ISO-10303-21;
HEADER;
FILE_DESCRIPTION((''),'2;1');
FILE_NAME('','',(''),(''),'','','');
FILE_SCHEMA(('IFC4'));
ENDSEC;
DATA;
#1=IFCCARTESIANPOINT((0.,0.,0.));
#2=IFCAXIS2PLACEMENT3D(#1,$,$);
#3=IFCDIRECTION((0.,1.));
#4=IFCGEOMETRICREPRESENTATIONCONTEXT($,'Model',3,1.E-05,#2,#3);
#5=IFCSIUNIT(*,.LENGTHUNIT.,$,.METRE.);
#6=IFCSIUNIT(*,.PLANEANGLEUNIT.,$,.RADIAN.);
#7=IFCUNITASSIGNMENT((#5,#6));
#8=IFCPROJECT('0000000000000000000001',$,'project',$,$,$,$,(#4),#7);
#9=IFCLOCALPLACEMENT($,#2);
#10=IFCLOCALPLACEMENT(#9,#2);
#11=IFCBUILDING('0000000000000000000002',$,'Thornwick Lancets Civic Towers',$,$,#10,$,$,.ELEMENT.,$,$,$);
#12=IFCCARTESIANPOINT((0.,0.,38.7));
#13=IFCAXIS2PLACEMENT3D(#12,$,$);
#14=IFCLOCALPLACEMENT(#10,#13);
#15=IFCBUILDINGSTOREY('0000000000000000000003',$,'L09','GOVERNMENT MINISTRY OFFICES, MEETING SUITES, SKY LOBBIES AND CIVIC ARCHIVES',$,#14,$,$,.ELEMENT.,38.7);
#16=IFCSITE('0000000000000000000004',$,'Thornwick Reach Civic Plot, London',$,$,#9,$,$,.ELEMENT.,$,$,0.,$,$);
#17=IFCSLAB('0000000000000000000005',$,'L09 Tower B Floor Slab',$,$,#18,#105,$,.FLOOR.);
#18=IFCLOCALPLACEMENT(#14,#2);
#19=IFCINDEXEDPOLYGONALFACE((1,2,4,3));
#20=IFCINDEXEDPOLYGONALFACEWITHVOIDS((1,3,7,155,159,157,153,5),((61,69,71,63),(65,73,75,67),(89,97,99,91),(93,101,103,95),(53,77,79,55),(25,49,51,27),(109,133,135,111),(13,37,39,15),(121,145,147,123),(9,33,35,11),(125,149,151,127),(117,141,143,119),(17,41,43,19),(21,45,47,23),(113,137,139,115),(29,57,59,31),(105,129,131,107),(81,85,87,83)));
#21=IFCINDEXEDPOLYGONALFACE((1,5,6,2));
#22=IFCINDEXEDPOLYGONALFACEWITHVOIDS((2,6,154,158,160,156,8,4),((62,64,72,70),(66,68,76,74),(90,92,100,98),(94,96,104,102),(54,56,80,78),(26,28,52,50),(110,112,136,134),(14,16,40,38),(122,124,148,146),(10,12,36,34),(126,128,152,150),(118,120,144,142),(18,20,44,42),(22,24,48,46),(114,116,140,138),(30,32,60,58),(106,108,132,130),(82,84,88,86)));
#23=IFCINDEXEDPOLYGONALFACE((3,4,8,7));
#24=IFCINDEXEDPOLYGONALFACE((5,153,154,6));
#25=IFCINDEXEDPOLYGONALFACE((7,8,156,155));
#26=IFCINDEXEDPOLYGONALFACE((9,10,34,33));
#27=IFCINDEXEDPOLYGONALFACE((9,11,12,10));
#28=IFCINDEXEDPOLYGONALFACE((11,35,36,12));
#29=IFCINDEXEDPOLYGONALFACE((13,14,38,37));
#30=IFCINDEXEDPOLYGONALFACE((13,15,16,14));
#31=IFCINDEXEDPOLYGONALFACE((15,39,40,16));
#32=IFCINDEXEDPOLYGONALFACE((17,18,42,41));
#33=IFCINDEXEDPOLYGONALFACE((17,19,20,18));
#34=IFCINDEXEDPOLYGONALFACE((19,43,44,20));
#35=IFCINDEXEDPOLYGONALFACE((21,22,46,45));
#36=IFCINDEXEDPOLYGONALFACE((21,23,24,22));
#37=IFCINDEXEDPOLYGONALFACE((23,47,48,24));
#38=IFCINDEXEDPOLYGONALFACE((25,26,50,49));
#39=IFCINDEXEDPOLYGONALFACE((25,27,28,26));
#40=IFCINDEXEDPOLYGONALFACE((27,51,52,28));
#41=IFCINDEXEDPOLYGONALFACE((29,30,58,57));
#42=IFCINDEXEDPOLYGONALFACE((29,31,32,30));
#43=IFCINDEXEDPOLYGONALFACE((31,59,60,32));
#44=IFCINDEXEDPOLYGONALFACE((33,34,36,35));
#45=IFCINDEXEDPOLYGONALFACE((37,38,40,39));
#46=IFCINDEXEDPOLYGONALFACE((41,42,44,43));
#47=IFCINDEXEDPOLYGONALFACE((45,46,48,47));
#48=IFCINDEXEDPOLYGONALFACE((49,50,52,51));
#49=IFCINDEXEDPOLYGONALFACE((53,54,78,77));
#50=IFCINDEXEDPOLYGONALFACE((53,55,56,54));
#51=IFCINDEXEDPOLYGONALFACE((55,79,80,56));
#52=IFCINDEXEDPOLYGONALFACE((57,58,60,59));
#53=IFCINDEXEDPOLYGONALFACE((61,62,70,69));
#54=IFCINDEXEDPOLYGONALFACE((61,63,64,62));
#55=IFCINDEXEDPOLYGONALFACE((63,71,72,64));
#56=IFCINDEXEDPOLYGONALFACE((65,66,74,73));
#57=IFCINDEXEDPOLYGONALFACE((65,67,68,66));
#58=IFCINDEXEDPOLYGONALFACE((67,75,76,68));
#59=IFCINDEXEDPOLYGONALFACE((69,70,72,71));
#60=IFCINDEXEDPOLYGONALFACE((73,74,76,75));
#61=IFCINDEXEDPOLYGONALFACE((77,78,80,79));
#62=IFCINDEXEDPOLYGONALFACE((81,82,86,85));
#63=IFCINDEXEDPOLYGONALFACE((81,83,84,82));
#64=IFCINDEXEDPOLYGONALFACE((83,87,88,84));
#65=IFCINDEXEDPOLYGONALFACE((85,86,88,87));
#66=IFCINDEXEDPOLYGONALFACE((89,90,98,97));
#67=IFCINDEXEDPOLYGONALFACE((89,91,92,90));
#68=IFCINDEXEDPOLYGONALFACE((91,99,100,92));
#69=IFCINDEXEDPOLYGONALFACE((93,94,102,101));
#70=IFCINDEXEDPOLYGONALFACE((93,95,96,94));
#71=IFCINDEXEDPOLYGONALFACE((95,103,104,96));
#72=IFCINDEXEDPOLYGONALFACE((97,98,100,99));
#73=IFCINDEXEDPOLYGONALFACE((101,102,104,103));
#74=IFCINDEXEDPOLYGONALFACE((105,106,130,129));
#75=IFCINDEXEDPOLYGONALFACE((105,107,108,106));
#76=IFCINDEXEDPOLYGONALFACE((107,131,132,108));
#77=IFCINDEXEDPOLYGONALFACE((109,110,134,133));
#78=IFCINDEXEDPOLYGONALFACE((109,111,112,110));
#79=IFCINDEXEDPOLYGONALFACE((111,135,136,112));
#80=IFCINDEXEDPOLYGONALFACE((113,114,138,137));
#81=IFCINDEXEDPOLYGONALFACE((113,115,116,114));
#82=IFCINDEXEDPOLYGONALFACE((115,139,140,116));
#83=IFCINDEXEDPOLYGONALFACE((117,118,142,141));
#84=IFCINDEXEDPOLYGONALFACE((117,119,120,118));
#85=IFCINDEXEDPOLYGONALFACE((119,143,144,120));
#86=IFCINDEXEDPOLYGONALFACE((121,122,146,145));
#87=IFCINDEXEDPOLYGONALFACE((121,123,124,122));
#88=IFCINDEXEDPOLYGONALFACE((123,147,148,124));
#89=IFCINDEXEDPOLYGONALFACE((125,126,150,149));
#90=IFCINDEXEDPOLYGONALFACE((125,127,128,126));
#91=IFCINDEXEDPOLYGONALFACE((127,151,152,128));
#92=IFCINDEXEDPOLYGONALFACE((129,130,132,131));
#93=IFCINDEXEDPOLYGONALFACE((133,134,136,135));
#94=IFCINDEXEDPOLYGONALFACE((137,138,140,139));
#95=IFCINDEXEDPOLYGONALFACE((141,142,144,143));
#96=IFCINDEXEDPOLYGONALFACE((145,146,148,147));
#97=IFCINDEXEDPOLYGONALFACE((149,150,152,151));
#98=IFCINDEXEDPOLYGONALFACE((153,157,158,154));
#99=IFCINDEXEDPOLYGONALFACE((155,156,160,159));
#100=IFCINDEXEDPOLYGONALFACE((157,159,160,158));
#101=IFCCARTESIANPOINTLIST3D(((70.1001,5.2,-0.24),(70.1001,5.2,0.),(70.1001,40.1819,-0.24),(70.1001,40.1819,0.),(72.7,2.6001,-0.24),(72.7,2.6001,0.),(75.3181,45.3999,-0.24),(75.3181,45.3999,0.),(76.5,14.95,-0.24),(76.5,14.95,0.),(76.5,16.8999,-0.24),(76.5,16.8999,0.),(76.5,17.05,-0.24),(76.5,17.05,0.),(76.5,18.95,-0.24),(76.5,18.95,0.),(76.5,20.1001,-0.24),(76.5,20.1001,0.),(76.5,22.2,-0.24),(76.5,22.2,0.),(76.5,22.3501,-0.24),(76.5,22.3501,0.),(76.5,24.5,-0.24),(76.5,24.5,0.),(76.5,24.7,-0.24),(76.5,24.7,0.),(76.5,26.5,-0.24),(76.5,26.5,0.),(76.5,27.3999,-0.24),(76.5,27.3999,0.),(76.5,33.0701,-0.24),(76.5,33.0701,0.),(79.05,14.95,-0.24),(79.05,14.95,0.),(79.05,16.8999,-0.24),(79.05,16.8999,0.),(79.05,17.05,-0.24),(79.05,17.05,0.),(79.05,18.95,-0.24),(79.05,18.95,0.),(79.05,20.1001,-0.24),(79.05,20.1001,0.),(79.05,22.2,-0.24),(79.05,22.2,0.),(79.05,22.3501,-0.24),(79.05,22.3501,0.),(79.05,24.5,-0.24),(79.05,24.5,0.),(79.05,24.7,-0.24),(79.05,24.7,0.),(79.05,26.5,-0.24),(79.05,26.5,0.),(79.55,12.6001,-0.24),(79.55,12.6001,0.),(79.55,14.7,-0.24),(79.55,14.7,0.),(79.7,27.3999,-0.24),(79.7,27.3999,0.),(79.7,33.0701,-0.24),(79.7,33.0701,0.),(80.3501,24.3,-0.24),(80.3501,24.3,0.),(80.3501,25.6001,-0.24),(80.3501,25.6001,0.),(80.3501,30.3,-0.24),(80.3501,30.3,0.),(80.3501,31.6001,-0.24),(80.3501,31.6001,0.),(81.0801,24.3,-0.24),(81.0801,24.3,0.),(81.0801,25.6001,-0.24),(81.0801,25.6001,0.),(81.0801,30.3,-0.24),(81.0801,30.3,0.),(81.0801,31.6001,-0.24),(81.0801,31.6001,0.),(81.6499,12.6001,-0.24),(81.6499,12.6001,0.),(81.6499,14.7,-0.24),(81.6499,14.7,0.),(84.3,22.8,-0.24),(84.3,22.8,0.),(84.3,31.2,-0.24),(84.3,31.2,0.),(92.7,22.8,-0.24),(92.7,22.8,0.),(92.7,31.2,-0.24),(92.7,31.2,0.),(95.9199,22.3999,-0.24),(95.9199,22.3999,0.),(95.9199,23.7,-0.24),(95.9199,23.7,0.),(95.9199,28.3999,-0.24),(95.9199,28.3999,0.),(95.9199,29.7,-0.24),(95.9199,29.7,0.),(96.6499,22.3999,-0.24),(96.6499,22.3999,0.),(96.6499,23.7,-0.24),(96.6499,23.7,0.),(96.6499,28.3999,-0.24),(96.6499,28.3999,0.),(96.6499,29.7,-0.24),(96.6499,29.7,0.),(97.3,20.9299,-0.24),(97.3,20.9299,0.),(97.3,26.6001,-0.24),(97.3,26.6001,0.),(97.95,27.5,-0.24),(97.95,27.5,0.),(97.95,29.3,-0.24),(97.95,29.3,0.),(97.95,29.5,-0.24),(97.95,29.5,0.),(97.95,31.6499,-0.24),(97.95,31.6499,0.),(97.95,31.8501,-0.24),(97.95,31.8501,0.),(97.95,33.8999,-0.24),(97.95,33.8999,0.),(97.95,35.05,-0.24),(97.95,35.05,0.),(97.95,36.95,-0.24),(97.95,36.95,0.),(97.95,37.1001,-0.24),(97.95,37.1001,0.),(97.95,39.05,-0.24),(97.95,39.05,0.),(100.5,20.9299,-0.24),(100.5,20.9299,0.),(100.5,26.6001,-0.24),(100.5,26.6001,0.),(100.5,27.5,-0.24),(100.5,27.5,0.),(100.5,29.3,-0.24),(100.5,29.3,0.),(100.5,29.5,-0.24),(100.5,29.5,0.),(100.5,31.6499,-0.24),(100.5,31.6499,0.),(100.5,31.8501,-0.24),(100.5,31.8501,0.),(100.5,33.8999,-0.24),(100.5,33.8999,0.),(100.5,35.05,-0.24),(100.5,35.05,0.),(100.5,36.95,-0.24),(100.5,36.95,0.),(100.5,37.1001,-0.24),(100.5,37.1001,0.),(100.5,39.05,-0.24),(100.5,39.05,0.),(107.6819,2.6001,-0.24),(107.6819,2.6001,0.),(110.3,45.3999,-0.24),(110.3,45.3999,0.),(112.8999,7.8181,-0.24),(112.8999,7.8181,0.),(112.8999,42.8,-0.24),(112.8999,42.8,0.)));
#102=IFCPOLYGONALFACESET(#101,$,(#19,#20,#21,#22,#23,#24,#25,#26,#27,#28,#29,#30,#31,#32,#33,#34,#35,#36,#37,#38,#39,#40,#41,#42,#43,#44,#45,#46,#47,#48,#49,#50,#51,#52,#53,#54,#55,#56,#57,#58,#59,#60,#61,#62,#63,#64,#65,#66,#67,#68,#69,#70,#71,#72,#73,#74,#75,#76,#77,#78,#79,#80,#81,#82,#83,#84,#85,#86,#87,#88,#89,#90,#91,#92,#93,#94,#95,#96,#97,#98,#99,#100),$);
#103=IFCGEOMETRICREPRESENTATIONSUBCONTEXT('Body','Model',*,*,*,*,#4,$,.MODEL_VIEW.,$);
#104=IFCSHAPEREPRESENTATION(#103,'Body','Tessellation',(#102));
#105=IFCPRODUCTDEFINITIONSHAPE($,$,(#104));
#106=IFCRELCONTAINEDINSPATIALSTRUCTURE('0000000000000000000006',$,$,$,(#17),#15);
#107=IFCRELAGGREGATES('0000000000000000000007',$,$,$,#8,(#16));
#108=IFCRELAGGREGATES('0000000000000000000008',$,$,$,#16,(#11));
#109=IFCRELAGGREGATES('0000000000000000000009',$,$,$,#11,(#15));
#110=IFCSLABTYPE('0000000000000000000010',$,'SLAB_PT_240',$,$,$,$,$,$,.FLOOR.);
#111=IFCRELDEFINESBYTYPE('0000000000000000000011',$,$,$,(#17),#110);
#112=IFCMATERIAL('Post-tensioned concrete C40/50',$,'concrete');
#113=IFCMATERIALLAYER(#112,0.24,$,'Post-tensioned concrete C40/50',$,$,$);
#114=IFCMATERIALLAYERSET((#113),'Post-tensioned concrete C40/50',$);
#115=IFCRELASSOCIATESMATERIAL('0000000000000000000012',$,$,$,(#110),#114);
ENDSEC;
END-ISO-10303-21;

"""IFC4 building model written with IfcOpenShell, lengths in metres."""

from ifc_helpers import new_model, si_unit, direction, frame, origin, place, context, subcontext, project, spatial, polyline, outline, extrude, material, layer, layer_set, type_object, element, save


model = new_model("IFC4")

# Units and contexts
model_context = context("Model", 3, precision=1e-05, world=origin(), true_north=direction((0.0, 1.0)))
body_context = subcontext(model_context, "Body", "Model", "MODEL_VIEW")
ifc_project = project(units=[si_unit("LENGTHUNIT", "METRE"), si_unit("PLANEANGLEUNIT", "RADIAN")], contexts=[model_context])

# Site, building, storey
site_placement = place(None, origin())
site = spatial("IfcSite", under=ifc_project, at=site_placement, Name="Thornwick Reach Civic Plot, London", CompositionType="ELEMENT", RefElevation=0.0)
building_placement = place(site_placement, origin())
building = spatial("IfcBuilding", under=site, at=building_placement, Name="Thornwick Lancets Civic Towers", CompositionType="ELEMENT")
storey_placement = place(building_placement, frame((0.0, 0.0, 38.7)))
storey = spatial("IfcBuildingStorey", under=building, at=storey_placement, Name="L09", Description="GOVERNMENT MINISTRY OFFICES, MEETING SUITES, SKY LOBBIES AND CIVIC ARCHIVES", CompositionType="ELEMENT", Elevation=38.7)

# Shared definitions
ifc_material_1 = material(Name="Post-tensioned concrete C40/50", Category="concrete")

# Slab
ifc_layer_1 = layer(ifc_material_1, 0.24, Name="Post-tensioned concrete C40/50")
ifc_layer_set_1 = layer_set([ifc_layer_1], Name="Post-tensioned concrete C40/50")
slab_type_1 = type_object("IfcSlabType", Name="SLAB_PT_240", PredefinedType="FLOOR", material=ifc_layer_set_1)
slab_1_placement = place(storey_placement, frame((0.0, 0.0, -0.24)))
element("IfcSlab", 1, at=slab_1_placement, inside=storey, type_object=slab_type_1, Name="L09 Tower B Floor Slab", PredefinedType="FLOOR", context=body_context, shape_type="SweptSolid", body=[
    extrude(outline(polyline([(72.7, 2.6001), (107.6819, 2.6001), (112.8999, 7.8181), (112.8999, 42.8), (110.3, 45.3999), (75.3181, 45.3999), (70.1001, 40.1819), (70.1001, 5.2), (72.7, 2.6001)]), holes=[polyline([(84.3, 22.8), (92.7, 22.8), (92.7, 31.2), (84.3, 31.2), (84.3, 22.8)]), polyline([(100.5, 20.9299), (100.5, 26.6001), (97.3, 26.6001), (97.3, 20.9299), (100.5, 20.9299)]), polyline([(76.5, 33.0701), (76.5, 27.3999), (79.7, 27.3999), (79.7, 33.0701), (76.5, 33.0701)]), polyline([(97.95, 27.5), (100.5, 27.5), (100.5, 29.3), (97.95, 29.3), (97.95, 27.5)]), polyline([(97.95, 29.5), (100.5, 29.5), (100.5, 31.6499), (97.95, 31.6499), (97.95, 29.5)]), polyline([(97.95, 31.8501), (100.5, 31.8501), (100.5, 33.8999), (97.95, 33.8999), (97.95, 31.8501)]), polyline([(97.95, 35.05), (100.5, 35.05), (100.5, 36.95), (97.95, 36.95), (97.95, 35.05)]), polyline([(97.95, 37.1001), (100.5, 37.1001), (100.5, 39.05), (97.95, 39.05), (97.95, 37.1001)]), polyline([(76.5, 24.7), (79.05, 24.7), (79.05, 26.5), (76.5, 26.5), (76.5, 24.7)]), polyline([(76.5, 22.3501), (79.05, 22.3501), (79.05, 24.5), (76.5, 24.5), (76.5, 22.3501)]), polyline([(76.5, 20.1001), (79.05, 20.1001), (79.05, 22.2), (76.5, 22.2), (76.5, 20.1001)]), polyline([(76.5, 17.05), (79.05, 17.05), (79.05, 18.95), (76.5, 18.95), (76.5, 17.05)]), polyline([(76.5, 14.95), (79.05, 14.95), (79.05, 16.8999), (76.5, 16.8999), (76.5, 14.95)]), polyline([(79.55, 12.6001), (81.6499, 12.6001), (81.6499, 14.7), (79.55, 14.7), (79.55, 12.6001)]), polyline([(95.9199, 28.3999), (96.6499, 28.3999), (96.6499, 29.7), (95.9199, 29.7), (95.9199, 28.3999)]), polyline([(95.9199, 22.3999), (96.6499, 22.3999), (96.6499, 23.7), (95.9199, 23.7), (95.9199, 22.3999)]), polyline([(80.3501, 24.3), (81.0801, 24.3), (81.0801, 25.6001), (80.3501, 25.6001), (80.3501, 24.3)]), polyline([(80.3501, 30.3), (81.0801, 30.3), (81.0801, 31.6001), (80.3501, 31.6001), (80.3501, 30.3)])]), origin(), (0.0, 0.0, 1.0), 0.24),
])

save(model, "model.ifc")
